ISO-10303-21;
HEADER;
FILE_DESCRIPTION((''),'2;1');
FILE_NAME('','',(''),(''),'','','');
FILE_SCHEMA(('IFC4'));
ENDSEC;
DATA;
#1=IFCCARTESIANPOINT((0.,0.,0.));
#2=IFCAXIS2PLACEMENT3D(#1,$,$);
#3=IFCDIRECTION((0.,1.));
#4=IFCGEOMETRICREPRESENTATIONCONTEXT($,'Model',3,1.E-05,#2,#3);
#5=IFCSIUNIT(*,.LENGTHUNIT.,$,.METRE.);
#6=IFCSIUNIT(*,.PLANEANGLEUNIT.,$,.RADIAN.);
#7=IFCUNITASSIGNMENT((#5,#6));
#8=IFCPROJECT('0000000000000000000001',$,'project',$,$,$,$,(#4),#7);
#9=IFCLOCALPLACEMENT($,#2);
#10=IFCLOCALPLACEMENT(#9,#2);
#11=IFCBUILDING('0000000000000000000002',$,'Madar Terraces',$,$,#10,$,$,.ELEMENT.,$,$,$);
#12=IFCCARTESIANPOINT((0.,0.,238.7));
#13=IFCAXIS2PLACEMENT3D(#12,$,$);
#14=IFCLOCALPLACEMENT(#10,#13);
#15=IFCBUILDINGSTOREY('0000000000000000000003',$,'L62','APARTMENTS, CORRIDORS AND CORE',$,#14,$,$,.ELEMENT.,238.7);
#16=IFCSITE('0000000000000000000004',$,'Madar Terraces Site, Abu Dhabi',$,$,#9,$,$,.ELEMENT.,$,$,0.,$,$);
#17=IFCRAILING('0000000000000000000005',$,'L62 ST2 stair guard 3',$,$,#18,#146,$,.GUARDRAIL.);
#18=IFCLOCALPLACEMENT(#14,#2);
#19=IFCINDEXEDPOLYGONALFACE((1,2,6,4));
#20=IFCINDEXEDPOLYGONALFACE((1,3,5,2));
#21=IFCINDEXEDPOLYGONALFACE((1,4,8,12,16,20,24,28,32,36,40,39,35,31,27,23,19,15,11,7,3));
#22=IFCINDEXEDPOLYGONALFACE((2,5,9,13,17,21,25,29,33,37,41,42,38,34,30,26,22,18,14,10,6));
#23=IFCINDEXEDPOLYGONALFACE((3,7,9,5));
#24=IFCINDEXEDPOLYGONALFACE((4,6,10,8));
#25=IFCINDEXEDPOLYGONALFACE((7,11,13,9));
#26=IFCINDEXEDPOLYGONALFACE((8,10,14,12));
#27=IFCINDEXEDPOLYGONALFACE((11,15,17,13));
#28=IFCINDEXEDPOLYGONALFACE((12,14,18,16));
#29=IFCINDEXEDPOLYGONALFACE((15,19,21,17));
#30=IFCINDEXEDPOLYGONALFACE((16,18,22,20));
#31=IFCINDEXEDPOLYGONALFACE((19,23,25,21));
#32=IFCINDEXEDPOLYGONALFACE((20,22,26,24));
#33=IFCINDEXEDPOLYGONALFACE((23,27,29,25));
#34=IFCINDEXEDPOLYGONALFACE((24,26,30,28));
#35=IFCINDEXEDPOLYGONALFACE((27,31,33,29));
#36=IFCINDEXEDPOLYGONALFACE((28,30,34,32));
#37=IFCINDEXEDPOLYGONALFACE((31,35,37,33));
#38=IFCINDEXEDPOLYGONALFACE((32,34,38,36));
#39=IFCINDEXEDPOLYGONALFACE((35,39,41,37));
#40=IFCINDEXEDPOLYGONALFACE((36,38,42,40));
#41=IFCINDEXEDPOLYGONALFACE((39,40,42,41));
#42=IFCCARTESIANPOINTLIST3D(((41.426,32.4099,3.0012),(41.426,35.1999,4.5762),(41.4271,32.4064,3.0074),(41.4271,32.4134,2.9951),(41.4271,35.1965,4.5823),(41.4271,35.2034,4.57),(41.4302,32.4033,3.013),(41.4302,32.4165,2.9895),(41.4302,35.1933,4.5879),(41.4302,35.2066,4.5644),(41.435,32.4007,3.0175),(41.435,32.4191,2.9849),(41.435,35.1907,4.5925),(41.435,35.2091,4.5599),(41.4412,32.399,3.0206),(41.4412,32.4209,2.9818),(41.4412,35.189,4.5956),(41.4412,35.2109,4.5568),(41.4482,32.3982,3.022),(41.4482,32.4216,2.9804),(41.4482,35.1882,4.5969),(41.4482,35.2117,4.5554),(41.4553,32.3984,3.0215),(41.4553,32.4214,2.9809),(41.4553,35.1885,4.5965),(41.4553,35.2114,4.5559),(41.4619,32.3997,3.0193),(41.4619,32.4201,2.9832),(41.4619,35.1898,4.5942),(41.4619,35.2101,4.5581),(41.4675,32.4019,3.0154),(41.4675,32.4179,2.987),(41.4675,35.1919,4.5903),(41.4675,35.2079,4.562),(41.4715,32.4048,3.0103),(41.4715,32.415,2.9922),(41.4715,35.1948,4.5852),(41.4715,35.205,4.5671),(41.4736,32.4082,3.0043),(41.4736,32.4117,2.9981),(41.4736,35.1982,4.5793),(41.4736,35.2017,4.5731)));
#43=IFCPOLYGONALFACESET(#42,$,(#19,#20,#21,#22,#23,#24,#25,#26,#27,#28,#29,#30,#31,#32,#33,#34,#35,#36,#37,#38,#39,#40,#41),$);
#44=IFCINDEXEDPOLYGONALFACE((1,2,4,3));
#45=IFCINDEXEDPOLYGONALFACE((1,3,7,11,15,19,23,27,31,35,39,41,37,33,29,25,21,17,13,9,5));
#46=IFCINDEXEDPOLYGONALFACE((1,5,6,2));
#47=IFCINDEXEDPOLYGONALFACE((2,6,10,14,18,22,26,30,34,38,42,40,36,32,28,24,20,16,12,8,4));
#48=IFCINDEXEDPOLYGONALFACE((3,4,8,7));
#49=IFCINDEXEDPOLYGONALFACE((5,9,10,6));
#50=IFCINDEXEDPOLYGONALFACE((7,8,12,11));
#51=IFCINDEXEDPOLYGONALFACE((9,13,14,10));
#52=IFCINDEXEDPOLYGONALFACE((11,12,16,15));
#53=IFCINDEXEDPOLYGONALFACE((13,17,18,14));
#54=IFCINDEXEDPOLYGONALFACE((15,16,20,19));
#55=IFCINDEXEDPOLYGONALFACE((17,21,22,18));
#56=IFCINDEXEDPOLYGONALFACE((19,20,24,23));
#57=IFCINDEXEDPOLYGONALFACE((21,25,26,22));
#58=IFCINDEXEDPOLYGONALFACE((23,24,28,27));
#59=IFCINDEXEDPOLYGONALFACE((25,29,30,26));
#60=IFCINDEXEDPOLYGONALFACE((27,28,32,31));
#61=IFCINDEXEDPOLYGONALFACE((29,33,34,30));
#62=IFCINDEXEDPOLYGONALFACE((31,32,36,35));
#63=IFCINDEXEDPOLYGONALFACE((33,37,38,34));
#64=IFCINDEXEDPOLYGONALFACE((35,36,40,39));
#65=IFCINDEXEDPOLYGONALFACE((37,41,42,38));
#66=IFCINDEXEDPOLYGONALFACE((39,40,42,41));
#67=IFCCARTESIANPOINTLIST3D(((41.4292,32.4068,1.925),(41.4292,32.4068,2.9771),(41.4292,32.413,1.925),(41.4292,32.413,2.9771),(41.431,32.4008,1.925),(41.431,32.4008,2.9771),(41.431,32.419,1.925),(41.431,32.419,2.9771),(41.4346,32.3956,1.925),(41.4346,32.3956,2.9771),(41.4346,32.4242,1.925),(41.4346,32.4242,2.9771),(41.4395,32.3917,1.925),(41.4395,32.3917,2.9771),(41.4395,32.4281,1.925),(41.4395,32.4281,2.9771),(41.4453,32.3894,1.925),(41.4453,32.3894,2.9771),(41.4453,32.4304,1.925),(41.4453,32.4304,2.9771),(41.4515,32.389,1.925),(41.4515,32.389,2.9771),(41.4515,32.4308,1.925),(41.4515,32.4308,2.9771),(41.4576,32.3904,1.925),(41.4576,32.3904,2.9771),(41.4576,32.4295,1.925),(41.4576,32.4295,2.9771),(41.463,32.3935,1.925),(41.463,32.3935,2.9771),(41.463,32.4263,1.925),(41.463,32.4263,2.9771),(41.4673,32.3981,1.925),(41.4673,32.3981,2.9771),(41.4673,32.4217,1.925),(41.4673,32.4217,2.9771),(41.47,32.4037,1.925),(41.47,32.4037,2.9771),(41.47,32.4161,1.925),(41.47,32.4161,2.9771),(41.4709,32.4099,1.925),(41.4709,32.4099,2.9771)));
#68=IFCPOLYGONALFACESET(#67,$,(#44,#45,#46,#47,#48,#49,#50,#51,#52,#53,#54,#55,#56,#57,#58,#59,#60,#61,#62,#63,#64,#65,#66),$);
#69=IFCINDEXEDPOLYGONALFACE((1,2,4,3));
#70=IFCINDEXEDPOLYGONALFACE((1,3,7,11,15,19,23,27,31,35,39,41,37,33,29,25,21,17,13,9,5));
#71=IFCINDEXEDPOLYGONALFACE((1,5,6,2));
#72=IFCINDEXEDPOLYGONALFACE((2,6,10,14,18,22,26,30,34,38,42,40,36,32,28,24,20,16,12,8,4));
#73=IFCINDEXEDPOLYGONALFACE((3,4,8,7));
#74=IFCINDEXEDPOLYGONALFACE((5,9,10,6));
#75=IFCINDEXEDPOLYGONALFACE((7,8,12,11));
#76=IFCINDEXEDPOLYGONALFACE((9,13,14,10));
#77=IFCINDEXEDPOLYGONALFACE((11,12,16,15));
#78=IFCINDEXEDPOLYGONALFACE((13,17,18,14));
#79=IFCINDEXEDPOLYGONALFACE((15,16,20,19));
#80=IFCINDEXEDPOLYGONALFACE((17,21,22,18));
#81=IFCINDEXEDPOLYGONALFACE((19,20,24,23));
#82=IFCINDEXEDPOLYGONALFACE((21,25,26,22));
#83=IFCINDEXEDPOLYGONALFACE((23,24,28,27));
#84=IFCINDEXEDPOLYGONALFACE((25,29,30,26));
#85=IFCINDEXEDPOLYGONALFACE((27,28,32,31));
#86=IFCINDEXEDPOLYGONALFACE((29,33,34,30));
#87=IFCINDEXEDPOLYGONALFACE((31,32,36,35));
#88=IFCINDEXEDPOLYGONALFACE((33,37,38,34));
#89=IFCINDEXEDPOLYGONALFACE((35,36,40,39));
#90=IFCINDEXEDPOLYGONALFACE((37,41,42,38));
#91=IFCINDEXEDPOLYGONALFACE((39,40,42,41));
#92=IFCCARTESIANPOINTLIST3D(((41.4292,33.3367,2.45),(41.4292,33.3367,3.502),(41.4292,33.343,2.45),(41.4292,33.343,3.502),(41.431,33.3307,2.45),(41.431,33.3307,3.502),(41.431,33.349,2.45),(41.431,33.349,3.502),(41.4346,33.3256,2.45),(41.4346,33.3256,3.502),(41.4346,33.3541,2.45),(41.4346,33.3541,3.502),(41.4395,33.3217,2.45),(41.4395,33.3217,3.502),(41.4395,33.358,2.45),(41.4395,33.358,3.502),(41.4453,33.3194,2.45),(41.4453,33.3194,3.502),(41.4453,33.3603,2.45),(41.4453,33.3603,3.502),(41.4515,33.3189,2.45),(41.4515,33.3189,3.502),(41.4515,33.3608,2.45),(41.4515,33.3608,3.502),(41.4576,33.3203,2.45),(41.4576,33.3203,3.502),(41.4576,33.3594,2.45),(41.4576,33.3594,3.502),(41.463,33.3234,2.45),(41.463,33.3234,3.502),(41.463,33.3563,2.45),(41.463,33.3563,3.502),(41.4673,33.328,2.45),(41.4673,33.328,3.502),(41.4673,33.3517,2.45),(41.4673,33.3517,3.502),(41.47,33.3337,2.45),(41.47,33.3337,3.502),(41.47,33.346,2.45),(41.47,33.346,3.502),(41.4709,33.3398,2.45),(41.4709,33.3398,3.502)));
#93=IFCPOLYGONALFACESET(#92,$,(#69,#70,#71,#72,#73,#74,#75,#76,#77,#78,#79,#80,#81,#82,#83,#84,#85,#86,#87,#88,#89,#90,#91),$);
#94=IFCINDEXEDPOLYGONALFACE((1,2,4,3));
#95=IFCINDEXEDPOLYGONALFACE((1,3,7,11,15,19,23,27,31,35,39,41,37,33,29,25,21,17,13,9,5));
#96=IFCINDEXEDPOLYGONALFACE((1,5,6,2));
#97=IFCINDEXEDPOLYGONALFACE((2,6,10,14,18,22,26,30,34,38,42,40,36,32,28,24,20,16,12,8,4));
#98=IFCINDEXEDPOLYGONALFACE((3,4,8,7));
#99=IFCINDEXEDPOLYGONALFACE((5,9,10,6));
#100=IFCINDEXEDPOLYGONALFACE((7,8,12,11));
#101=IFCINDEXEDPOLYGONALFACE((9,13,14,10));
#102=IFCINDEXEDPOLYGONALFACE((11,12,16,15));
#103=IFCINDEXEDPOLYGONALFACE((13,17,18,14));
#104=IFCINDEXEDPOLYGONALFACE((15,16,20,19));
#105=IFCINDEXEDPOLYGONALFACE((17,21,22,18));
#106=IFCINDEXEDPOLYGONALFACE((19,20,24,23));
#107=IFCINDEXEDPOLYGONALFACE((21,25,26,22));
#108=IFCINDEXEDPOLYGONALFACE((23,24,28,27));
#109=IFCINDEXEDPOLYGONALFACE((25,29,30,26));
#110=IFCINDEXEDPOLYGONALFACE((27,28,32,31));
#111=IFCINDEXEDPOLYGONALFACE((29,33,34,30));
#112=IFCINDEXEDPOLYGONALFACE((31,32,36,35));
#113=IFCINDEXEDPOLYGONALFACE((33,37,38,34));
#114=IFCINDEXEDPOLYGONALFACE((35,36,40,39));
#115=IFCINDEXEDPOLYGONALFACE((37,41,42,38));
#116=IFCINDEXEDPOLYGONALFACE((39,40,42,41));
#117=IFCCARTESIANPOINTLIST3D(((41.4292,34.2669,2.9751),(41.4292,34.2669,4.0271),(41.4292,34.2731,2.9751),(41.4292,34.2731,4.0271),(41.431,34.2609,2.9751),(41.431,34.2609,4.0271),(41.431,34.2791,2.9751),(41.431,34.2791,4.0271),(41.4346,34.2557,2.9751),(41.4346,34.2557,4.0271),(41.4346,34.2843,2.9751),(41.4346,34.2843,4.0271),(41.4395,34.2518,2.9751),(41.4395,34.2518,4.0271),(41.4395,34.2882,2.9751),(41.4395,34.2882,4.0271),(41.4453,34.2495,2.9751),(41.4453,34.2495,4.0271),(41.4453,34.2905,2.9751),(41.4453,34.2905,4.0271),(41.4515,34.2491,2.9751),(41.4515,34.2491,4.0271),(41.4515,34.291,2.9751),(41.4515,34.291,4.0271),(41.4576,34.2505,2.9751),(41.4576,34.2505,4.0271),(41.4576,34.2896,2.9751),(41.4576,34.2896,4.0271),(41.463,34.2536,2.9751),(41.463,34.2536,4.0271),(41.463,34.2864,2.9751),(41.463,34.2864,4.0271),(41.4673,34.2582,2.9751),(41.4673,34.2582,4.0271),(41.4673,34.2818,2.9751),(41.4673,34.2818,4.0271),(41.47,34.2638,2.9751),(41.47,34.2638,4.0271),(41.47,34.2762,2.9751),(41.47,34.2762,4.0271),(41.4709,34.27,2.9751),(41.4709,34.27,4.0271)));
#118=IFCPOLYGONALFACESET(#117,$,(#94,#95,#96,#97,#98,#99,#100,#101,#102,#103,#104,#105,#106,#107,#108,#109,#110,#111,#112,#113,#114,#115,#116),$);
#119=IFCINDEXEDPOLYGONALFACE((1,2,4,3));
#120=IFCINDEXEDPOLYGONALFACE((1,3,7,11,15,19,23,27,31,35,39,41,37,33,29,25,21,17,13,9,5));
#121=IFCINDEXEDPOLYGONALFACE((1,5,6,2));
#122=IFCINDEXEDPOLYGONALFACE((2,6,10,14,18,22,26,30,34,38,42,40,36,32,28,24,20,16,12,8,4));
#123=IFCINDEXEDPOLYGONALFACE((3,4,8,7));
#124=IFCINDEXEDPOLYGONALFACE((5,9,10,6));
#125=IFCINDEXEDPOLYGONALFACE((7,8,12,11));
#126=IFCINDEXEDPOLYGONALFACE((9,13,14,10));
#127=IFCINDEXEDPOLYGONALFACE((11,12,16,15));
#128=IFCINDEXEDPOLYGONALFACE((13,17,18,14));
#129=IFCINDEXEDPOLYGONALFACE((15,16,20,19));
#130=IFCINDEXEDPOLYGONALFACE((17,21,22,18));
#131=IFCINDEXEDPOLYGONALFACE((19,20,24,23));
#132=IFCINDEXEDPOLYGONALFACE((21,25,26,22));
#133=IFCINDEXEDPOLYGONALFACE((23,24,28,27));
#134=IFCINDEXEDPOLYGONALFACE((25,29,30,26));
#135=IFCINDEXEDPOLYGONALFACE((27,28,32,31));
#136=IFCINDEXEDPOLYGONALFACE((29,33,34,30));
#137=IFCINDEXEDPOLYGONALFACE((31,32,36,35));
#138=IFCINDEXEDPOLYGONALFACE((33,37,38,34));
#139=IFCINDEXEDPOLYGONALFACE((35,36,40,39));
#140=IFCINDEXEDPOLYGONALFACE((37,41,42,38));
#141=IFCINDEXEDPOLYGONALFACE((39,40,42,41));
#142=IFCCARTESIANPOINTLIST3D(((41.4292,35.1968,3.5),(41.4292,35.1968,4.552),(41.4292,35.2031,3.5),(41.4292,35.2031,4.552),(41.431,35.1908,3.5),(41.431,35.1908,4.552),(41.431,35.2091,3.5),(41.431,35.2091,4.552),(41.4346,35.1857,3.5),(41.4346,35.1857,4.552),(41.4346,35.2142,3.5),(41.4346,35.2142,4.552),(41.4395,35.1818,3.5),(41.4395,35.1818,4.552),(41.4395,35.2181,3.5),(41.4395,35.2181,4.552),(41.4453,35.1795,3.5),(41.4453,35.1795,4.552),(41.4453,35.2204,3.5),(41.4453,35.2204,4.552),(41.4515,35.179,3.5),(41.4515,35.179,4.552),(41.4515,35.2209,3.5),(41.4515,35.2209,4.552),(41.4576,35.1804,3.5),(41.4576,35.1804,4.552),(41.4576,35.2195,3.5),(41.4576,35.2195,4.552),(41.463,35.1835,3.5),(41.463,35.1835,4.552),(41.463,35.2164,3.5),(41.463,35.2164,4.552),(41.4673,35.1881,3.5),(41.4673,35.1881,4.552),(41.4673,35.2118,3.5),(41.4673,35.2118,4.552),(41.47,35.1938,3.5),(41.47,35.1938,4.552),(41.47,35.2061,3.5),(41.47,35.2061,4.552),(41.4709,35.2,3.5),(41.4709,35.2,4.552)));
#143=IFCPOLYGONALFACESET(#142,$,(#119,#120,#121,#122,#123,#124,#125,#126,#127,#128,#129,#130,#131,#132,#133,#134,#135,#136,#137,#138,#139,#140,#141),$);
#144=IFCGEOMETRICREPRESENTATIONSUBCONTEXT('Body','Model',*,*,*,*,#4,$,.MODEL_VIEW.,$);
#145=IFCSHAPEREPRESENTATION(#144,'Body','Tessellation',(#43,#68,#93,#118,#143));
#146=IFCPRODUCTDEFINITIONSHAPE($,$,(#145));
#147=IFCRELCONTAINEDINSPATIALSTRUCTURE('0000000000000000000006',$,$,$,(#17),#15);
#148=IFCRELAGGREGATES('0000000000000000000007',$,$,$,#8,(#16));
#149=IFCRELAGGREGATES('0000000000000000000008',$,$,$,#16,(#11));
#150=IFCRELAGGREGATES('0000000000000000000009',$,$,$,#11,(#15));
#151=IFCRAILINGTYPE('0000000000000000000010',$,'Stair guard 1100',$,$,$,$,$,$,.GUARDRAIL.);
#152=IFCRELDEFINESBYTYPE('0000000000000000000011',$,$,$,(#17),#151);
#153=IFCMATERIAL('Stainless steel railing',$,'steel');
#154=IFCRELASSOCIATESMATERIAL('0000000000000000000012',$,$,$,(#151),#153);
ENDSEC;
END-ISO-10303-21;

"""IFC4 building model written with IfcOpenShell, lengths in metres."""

from ifc_helpers import new_model, si_unit, direction, frame, origin, origin_2d, place, context, subcontext, project, spatial, circle, extrude, material, type_object, element, save


model = new_model("IFC4")

# Units and contexts
model_context = context("Model", 3, precision=1e-05, world=origin(), true_north=direction((0.0, 1.0)))
body_context = subcontext(model_context, "Body", "Model", "MODEL_VIEW")
ifc_project = project(units=[si_unit("LENGTHUNIT", "METRE"), si_unit("PLANEANGLEUNIT", "RADIAN")], contexts=[model_context])

# Site, building, storey
site_placement = place(None, origin())
site = spatial("IfcSite", under=ifc_project, at=site_placement, Name="Madar Terraces Site, Abu Dhabi", CompositionType="ELEMENT", RefElevation=0.0)
building_placement = place(site_placement, origin())
building = spatial("IfcBuilding", under=site, at=building_placement, Name="Madar Terraces", CompositionType="ELEMENT")
storey_placement = place(building_placement, frame((0.0, 0.0, 238.7)))
storey = spatial("IfcBuildingStorey", under=building, at=storey_placement, Name="L62", Description="APARTMENTS, CORRIDORS AND CORE", CompositionType="ELEMENT", Elevation=238.7)

# Railing
ifc_material_1 = material(Name="Stainless steel railing", Category="steel")
railing_type_1 = type_object("IfcRailingType", Name="Stair guard 1100", PredefinedType="GUARDRAIL", material=ifc_material_1)
railing_1_placement = place(storey_placement, frame((41.45, 32.4099, 1.925)))
element("IfcRailing", 1, at=railing_1_placement, inside=storey, type_object=railing_type_1, Name="L62 ST2 stair guard 3", PredefinedType="GUARDRAIL", context=body_context, shape_type="SweptSolid", body=[
    extrude(circle(Radius=0.0239, at=origin_2d()), frame((0.0, 0.0, 1.0762), z_axis=(0.0, 0.870834, 0.491578), x_axis=(-1.0, 0.0, 0.0)), (0.0, 0.0, 1.0), 3.2039),
    extrude(circle(Radius=0.021, at=origin_2d()), origin(), (0.0, 0.0, 1.0), 1.052),
    extrude(circle(Radius=0.021, at=origin_2d()), frame((0.0, 0.9299, 0.5249)), (0.0, 0.0, 1.0), 1.052),
    extrude(circle(Radius=0.021, at=origin_2d()), frame((0.0, 1.8601, 1.05)), (0.0, 0.0, 1.0), 1.052),
    extrude(circle(Radius=0.021, at=origin_2d()), frame((0.0, 2.79, 1.575)), (0.0, 0.0, 1.0), 1.052),
])

save(model, "model.ifc")
